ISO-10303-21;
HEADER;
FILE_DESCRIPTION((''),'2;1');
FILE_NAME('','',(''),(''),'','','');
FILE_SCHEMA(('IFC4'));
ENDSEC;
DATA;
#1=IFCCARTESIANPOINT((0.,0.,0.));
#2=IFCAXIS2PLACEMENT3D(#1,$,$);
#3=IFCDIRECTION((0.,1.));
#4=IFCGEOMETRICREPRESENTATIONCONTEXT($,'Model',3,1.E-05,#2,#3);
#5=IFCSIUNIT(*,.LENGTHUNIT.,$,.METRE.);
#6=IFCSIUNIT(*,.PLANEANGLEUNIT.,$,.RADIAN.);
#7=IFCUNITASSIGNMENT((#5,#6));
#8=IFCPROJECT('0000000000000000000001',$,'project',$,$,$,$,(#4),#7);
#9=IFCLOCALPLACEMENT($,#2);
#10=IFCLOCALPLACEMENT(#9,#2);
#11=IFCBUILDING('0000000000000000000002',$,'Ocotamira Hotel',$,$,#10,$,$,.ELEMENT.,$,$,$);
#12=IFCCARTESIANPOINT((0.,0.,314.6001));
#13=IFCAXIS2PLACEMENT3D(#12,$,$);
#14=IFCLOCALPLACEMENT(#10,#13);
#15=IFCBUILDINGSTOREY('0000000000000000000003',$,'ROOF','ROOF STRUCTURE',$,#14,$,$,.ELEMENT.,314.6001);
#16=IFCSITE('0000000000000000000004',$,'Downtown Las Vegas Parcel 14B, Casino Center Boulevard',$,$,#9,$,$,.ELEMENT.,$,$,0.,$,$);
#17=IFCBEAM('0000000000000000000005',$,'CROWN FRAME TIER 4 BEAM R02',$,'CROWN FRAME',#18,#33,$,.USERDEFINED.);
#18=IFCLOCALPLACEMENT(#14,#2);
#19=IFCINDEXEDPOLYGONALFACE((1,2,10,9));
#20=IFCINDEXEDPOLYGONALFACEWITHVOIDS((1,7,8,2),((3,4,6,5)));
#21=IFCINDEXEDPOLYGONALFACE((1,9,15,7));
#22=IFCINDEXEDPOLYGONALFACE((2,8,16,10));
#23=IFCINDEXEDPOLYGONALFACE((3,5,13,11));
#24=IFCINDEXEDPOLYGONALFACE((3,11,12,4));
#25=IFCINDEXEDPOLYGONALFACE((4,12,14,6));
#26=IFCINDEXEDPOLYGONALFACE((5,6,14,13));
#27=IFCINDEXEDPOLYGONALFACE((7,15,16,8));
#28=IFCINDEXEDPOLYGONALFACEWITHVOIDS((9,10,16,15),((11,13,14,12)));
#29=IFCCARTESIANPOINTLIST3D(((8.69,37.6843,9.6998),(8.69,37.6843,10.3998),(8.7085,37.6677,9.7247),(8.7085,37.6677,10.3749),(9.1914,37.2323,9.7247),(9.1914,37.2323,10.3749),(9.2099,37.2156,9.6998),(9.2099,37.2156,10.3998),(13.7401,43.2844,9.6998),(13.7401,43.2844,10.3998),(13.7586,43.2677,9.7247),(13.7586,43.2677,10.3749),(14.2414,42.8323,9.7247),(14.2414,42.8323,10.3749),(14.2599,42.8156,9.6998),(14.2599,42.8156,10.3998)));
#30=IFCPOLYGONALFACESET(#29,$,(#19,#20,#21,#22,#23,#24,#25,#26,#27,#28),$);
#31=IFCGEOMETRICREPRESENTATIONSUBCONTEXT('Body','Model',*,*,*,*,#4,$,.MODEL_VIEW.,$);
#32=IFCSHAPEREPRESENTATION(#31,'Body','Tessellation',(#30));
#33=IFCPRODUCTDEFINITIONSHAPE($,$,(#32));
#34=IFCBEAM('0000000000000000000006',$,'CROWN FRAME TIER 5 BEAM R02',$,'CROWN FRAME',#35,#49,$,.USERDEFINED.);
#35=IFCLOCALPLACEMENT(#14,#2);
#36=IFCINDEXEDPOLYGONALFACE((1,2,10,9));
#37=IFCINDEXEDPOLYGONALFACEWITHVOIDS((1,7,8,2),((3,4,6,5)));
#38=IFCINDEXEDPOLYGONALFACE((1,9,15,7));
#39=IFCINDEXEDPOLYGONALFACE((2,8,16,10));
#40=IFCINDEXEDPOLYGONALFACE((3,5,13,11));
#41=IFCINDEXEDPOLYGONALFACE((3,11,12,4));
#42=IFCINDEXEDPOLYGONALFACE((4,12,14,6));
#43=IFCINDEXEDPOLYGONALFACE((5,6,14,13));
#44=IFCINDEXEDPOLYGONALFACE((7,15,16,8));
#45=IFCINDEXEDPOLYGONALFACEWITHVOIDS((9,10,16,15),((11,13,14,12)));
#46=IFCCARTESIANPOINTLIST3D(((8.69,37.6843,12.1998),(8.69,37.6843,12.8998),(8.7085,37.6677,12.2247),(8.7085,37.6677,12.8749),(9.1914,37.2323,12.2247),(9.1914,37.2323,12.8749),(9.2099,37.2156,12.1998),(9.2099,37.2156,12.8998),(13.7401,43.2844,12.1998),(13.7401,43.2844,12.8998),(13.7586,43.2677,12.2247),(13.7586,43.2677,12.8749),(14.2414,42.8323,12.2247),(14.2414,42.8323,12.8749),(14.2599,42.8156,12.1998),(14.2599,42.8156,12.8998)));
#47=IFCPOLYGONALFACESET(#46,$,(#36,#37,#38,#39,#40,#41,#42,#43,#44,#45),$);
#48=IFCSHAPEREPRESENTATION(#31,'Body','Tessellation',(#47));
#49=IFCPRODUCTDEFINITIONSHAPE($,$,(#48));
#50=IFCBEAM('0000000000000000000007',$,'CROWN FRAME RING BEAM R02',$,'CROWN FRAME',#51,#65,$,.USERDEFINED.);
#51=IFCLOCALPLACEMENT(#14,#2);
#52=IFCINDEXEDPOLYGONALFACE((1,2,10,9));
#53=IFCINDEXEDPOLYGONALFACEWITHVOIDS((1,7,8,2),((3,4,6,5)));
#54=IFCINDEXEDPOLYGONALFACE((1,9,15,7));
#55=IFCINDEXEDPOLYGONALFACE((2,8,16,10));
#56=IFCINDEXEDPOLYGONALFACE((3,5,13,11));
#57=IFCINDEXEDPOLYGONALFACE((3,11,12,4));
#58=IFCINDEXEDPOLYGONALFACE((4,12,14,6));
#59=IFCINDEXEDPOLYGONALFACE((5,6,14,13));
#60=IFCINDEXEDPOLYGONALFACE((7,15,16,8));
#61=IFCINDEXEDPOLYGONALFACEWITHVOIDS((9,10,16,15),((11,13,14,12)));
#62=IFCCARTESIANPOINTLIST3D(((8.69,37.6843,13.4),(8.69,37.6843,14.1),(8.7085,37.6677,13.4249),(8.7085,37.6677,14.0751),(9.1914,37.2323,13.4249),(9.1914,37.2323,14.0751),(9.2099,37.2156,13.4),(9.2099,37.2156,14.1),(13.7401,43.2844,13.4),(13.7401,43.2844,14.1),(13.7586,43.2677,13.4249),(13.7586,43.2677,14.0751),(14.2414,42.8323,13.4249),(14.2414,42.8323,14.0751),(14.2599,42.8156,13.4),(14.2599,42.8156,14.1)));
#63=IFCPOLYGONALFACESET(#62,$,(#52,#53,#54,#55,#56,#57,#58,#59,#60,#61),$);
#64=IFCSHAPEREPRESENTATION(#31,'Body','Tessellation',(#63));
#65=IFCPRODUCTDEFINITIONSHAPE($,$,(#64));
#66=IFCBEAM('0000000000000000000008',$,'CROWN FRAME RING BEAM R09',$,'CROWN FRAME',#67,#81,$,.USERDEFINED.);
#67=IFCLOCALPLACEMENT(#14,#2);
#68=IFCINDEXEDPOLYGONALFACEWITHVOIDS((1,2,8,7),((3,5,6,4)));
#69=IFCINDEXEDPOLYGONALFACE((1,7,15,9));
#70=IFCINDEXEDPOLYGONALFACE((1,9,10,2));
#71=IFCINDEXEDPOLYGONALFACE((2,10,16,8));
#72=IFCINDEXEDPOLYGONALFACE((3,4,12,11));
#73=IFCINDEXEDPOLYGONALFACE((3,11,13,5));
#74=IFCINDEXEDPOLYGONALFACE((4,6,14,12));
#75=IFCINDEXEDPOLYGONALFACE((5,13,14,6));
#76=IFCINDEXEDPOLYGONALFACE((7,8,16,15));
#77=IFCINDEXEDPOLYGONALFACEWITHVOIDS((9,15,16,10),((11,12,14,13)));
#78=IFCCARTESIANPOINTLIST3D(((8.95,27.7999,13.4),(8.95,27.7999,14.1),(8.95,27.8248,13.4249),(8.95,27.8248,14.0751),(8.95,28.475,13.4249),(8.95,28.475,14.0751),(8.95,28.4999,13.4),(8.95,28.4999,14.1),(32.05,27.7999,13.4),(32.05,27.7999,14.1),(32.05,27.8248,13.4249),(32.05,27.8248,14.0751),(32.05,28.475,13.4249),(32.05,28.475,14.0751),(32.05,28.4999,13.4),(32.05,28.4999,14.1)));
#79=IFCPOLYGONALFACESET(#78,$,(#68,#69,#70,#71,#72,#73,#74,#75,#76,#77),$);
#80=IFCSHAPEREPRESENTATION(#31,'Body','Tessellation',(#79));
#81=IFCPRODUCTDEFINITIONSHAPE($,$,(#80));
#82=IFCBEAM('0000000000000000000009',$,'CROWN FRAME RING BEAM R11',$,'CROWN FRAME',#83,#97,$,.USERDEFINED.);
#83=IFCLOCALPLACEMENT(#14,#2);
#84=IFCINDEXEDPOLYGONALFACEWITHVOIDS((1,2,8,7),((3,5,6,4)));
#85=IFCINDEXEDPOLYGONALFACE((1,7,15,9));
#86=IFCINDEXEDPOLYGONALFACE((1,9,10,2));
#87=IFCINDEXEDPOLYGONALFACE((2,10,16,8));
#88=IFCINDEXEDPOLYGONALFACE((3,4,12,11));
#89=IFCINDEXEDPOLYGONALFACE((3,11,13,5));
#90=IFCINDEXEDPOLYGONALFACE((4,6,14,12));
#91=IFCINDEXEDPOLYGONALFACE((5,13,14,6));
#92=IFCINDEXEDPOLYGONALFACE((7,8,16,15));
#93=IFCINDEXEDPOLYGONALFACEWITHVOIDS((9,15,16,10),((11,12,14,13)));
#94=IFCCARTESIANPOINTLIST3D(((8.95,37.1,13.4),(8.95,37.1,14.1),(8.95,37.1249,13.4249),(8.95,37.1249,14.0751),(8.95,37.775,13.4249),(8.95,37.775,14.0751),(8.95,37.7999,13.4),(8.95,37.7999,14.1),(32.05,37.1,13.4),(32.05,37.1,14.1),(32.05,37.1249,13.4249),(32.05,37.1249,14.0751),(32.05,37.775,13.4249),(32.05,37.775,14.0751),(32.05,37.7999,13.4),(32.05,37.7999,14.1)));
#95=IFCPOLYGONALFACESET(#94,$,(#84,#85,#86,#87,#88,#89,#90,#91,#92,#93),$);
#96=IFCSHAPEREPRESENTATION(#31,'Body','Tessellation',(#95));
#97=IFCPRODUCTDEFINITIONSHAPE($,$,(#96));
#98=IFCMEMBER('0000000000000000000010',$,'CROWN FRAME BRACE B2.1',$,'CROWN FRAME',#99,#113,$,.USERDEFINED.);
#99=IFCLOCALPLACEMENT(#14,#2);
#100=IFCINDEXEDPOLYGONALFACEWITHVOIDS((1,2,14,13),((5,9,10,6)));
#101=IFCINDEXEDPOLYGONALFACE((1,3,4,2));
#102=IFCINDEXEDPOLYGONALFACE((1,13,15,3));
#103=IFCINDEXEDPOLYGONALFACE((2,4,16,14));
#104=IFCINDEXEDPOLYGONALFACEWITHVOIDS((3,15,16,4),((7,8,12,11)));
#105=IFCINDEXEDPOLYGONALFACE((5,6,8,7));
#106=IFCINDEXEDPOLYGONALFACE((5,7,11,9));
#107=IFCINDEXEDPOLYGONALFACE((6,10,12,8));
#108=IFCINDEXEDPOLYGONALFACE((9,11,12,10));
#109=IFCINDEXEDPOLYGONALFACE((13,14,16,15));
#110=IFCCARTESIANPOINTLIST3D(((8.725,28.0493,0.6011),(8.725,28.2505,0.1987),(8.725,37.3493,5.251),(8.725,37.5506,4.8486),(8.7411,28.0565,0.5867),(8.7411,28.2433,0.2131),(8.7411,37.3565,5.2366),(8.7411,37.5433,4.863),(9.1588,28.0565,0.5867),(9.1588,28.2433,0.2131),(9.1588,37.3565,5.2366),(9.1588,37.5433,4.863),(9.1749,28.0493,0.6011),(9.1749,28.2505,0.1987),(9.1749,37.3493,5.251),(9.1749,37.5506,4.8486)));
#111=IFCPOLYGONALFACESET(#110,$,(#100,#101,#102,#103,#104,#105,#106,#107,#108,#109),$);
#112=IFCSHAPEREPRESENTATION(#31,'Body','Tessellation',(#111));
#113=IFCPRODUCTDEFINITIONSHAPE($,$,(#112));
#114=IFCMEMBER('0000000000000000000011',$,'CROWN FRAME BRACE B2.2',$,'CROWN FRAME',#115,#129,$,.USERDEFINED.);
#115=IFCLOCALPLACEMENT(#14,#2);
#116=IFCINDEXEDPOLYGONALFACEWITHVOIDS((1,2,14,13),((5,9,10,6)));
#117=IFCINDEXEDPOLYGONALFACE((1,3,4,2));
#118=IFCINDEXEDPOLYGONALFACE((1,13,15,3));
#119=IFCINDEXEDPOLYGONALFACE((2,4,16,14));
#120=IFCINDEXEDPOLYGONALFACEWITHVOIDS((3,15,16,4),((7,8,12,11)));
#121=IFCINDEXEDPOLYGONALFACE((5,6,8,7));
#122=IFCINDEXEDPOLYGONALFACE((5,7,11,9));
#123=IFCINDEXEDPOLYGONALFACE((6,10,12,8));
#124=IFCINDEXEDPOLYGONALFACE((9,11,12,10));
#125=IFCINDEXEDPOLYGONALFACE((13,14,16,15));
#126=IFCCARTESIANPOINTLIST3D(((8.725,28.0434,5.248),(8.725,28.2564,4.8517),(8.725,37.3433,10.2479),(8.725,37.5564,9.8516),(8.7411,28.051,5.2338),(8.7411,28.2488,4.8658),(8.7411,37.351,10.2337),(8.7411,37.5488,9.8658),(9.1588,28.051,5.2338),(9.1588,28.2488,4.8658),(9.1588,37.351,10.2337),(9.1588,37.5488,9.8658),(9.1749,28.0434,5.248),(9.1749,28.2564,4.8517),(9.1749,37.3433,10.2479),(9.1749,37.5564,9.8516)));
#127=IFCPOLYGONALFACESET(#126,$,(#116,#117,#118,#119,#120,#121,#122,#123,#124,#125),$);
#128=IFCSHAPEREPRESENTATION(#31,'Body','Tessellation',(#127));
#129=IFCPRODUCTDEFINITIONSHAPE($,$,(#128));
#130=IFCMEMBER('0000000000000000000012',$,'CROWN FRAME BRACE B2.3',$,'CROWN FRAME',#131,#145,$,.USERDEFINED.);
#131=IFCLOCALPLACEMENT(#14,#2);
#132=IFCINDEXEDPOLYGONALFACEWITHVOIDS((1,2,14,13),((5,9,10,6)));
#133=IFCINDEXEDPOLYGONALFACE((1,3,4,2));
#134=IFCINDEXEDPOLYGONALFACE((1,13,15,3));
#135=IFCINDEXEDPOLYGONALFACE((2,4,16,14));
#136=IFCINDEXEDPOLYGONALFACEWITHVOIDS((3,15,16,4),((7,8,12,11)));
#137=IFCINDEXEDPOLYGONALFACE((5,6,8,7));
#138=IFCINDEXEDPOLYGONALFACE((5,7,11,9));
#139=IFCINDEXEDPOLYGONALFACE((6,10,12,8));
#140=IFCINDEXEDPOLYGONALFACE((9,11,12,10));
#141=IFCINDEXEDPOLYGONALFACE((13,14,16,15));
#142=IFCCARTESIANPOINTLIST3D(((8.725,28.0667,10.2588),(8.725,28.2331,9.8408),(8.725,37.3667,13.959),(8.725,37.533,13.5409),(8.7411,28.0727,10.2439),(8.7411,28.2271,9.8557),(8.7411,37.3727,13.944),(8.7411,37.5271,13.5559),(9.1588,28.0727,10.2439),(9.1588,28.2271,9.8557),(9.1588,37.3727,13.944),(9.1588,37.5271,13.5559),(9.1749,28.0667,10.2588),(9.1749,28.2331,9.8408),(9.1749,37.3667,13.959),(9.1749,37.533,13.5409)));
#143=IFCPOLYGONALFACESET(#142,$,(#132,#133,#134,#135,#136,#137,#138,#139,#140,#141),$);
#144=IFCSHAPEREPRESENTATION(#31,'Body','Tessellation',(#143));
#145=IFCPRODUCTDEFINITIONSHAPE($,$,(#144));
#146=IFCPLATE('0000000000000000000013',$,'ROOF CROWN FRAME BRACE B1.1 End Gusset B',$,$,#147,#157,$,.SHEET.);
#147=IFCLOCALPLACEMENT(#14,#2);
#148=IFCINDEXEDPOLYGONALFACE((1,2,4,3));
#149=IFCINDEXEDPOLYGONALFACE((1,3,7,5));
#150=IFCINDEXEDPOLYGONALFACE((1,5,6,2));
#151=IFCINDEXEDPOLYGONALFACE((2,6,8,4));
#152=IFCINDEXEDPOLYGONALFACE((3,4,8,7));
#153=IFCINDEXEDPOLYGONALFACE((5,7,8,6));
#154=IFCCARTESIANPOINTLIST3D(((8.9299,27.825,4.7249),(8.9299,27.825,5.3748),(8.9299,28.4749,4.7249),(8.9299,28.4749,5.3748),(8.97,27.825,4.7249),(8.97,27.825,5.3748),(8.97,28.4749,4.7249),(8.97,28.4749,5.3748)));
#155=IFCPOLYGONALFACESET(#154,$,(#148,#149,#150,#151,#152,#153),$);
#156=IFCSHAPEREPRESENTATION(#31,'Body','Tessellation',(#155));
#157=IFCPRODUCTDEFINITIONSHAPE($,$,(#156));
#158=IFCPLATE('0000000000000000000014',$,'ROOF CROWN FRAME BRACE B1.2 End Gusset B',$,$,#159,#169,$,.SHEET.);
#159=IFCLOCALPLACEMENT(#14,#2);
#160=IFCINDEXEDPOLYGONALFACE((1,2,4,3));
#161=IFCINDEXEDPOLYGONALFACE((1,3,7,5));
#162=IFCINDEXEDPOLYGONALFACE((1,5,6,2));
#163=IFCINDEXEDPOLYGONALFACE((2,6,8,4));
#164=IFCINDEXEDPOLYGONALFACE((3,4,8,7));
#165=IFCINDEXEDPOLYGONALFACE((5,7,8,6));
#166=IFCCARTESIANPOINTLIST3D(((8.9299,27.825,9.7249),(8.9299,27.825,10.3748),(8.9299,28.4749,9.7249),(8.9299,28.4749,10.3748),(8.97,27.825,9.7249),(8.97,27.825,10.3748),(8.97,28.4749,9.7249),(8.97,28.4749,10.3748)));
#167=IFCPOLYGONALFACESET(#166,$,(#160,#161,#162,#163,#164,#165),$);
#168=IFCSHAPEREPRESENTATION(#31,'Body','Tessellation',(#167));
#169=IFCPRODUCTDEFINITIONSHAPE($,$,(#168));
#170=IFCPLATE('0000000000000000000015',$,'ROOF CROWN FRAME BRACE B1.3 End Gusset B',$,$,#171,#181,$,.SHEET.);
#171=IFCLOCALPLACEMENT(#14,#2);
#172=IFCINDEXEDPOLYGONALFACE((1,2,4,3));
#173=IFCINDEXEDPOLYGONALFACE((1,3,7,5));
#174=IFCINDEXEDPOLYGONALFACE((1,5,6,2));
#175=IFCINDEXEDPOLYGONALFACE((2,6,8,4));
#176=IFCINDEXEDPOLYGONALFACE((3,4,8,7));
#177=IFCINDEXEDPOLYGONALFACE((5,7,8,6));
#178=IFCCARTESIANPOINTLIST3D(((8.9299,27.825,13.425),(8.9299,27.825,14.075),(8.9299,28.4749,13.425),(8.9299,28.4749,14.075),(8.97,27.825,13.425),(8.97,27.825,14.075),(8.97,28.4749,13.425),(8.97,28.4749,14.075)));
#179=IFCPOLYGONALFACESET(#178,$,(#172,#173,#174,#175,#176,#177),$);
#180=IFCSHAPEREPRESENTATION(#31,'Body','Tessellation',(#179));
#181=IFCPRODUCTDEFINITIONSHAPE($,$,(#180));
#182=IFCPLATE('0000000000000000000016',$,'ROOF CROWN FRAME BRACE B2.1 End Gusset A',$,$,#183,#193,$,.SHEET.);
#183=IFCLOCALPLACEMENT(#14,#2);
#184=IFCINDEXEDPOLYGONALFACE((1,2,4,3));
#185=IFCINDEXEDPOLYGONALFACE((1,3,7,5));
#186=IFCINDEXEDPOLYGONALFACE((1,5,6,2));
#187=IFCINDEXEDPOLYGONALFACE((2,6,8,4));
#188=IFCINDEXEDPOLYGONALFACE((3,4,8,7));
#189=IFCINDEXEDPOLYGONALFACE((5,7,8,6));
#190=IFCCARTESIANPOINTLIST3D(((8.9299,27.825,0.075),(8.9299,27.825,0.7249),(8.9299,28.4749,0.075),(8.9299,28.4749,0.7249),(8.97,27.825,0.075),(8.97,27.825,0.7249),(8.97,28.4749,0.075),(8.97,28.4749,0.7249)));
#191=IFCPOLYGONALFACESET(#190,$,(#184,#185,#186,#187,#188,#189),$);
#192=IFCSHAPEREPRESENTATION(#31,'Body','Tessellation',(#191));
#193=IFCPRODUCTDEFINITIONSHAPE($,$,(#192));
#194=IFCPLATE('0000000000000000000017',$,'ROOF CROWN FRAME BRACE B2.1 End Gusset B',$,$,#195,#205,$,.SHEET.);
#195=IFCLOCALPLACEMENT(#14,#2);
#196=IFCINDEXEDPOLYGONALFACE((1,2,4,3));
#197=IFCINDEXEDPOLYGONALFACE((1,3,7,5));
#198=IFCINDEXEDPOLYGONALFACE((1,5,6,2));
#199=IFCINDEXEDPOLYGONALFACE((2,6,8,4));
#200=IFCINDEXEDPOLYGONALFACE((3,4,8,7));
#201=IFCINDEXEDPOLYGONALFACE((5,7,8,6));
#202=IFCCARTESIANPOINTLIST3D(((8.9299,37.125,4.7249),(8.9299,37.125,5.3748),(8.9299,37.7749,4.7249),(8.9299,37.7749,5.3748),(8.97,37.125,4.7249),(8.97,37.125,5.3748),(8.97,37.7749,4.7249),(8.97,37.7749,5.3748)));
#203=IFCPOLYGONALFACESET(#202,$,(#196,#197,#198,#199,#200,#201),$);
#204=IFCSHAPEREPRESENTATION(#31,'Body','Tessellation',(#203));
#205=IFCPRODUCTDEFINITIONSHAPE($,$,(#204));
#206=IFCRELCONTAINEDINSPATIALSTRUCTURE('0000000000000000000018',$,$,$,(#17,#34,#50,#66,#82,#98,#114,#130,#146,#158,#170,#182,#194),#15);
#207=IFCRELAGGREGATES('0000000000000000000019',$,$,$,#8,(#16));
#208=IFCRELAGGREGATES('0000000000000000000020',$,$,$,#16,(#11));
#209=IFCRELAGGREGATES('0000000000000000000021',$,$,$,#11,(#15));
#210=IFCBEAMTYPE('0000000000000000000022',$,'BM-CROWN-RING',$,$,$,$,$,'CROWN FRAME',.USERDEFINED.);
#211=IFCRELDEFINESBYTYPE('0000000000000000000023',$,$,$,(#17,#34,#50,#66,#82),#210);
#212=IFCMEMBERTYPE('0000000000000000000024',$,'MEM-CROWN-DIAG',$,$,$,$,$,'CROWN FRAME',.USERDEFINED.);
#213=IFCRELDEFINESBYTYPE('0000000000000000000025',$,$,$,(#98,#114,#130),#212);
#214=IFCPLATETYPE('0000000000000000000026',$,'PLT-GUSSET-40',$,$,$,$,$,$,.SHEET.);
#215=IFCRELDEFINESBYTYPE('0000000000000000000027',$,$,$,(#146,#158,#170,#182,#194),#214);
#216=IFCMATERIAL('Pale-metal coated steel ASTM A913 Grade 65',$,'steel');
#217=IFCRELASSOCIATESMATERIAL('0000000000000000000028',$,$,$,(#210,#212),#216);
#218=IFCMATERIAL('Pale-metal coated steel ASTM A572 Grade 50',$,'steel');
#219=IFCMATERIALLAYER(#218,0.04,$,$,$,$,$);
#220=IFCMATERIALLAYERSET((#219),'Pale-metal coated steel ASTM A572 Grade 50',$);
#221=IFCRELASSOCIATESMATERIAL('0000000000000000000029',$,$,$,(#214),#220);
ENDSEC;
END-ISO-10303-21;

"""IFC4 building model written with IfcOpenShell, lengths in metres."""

from ifc_helpers import new_model, si_unit, direction, frame, origin, origin_2d, place, context, subcontext, project, spatial, rectangle, hollow_rectangle, extrude, source, transform, mapped, material, layer, layer_set, material_profile, profile_set, type_object, element, save


model = new_model("IFC4")

# Units and contexts
model_context = context("Model", 3, precision=1e-05, world=origin(), true_north=direction((0.0, 1.0)))
body_context = subcontext(model_context, "Body", "Model", "MODEL_VIEW")
ifc_project = project(units=[si_unit("LENGTHUNIT", "METRE"), si_unit("PLANEANGLEUNIT", "RADIAN")], contexts=[model_context])

# Site, building, storey
site_placement = place(None, origin())
site = spatial("IfcSite", under=ifc_project, at=site_placement, Name="Downtown Las Vegas Parcel 14B, Casino Center Boulevard", CompositionType="ELEMENT", RefElevation=0.0)
building_placement = place(site_placement, origin())
building = spatial("IfcBuilding", under=site, at=building_placement, Name="Ocotamira Hotel", CompositionType="ELEMENT")
storey_placement = place(building_placement, frame((0.0, 0.0, 314.6001)))
storey = spatial("IfcBuildingStorey", under=building, at=storey_placement, Name="ROOF", Description="ROOF STRUCTURE", CompositionType="ELEMENT", Elevation=314.6001)

# Shared definitions
ifc_material_1 = material(Name="Pale-metal coated steel ASTM A913 Grade 65", Category="steel")

# Beams
ifc_material_profile_1 = material_profile(ifc_material_1, hollow_rectangle(XDim=0.7, YDim=0.7, WallThickness=0.0249, at=origin_2d()), Name="BOX700X700X25")
ifc_profile_set_1 = profile_set([ifc_material_profile_1], Name="Pale-metal coated steel ASTM A913 Grade 65")
beam_type = type_object("IfcBeamType", Name="BM-CROWN-RING", ElementType="CROWN FRAME", PredefinedType="USERDEFINED", material=ifc_profile_set_1)
shared_shape_1 = source(origin(), body_context, "Body", "SweptSolid", [
    extrude(hollow_rectangle(XDim=0.7, YDim=0.7, WallThickness=0.0249, at=origin_2d()), origin(), (0.0, 0.0, 1.0), 7.5408),
])
for number, where, z_axis, x_axis, name in (
    (1, (8.95, 37.45, 10.0498), (0.669694, 0.742637, 0.0), (-0.742637, 0.669694, 0.0), "CROWN FRAME TIER 4 BEAM R02"),
    (2, (8.95, 37.45, 12.5498), (0.669694, 0.742637, 0.0), (-0.742637, 0.669694, 0.0), "CROWN FRAME TIER 5 BEAM R02"),
    (3, (8.95, 37.45, 13.75), (0.669694, 0.742637, 0.0), (-0.742637, 0.669694, 0.0), "CROWN FRAME RING BEAM R02"),
):
    element("IfcBeam", number, at=place(storey_placement, frame(where, z_axis=z_axis, x_axis=x_axis)), inside=storey, type_object=beam_type, Name=name, ObjectType="CROWN FRAME", PredefinedType="USERDEFINED", context=body_context, shape_type="MappedRepresentation", body=[
        mapped(shared_shape_1, transform((0.0, 0.0, 0.0), scale=1.0)),
    ])
shared_shape_2 = source(origin(), body_context, "Body", "SweptSolid", [
    extrude(hollow_rectangle(XDim=0.7, YDim=0.7, WallThickness=0.0249, at=origin_2d()), origin(), (0.0, 0.0, 1.0), 23.1001),
])
for number, where, z_axis, x_axis, name in (
    (4, (8.95, 28.1499, 13.75), (1.0, 0.0, 0.0), (0.0, 1.0, 0.0), "CROWN FRAME RING BEAM R09"),
    (5, (8.95, 37.45, 13.75), (1.0, 0.0, 0.0), (0.0, 1.0, 0.0), "CROWN FRAME RING BEAM R11"),
):
    element("IfcBeam", number, at=place(storey_placement, frame(where, z_axis=z_axis, x_axis=x_axis)), inside=storey, type_object=beam_type, Name=name, ObjectType="CROWN FRAME", PredefinedType="USERDEFINED", context=body_context, shape_type="MappedRepresentation", body=[
        mapped(shared_shape_2, transform((0.0, 0.0, 0.0), scale=1.0)),
    ])

# Members
ifc_material_profile_2 = material_profile(ifc_material_1, hollow_rectangle(XDim=0.45, YDim=0.45, WallThickness=0.0161, at=origin_2d()), Name="HSS450X450X16")
ifc_profile_set_2 = profile_set([ifc_material_profile_2], Name="Pale-metal coated steel ASTM A913 Grade 65")
member_type = type_object("IfcMemberType", Name="MEM-CROWN-DIAG", ElementType="CROWN FRAME", PredefinedType="USERDEFINED", material=ifc_profile_set_2)
shared_shape_3 = source(origin(), body_context, "Body", "SweptSolid", [
    extrude(hollow_rectangle(XDim=0.45, YDim=0.45, WallThickness=0.0161, at=origin_2d()), origin(), (0.0, 0.0, 1.0), 10.3977),
])
member_1_placement = place(storey_placement, frame((8.95, 28.1499, 0.3999), z_axis=(0.0, 0.894432, 0.447204), x_axis=(-1.0, 0.0, 0.0)))
element("IfcMember", 6, at=member_1_placement, inside=storey, type_object=member_type, Name="CROWN FRAME BRACE B2.1", ObjectType="CROWN FRAME", PredefinedType="USERDEFINED", context=body_context, shape_type="MappedRepresentation", body=[
    mapped(shared_shape_3, transform((0.0, 0.0, 0.0), scale=1.0)),
])
shared_shape_4 = source(origin(), body_context, "Body", "SweptSolid", [
    extrude(hollow_rectangle(XDim=0.45, YDim=0.45, WallThickness=0.0161, at=origin_2d()), origin(), (0.0, 0.0, 1.0), 10.5588),
])
member_2_placement = place(storey_placement, frame((8.95, 28.1499, 5.0498), z_axis=(0.0, 0.880776, 0.473533), x_axis=(-1.0, 0.0, 0.0)))
element("IfcMember", 7, at=member_2_placement, inside=storey, type_object=member_type, Name="CROWN FRAME BRACE B2.2", ObjectType="CROWN FRAME", PredefinedType="USERDEFINED", context=body_context, shape_type="MappedRepresentation", body=[
    mapped(shared_shape_4, transform((0.0, 0.0, 0.0), scale=1.0)),
])
shared_shape_5 = source(origin(), body_context, "Body", "SweptSolid", [
    extrude(hollow_rectangle(XDim=0.45, YDim=0.45, WallThickness=0.0161, at=origin_2d()), origin(), (0.0, 0.0, 1.0), 10.009),
])
member_3_placement = place(storey_placement, frame((8.95, 28.1499, 10.0498), z_axis=(0.0, 0.929158, 0.369683), x_axis=(-1.0, 0.0, 0.0)))
element("IfcMember", 8, at=member_3_placement, inside=storey, type_object=member_type, Name="CROWN FRAME BRACE B2.3", ObjectType="CROWN FRAME", PredefinedType="USERDEFINED", context=body_context, shape_type="MappedRepresentation", body=[
    mapped(shared_shape_5, transform((0.0, 0.0, 0.0), scale=1.0)),
])

# Plates
ifc_material_2 = material(Name="Pale-metal coated steel ASTM A572 Grade 50", Category="steel")
ifc_layer = layer(ifc_material_2, 0.04)
ifc_layer_set = layer_set([ifc_layer], Name="Pale-metal coated steel ASTM A572 Grade 50")
plate_type = type_object("IfcPlateType", Name="PLT-GUSSET-40", PredefinedType="SHEET", material=ifc_layer_set)
shared_shape_6 = source(origin(), body_context, "Body", "SweptSolid", [
    extrude(rectangle(XDim=0.04, YDim=0.6499, at=origin_2d()), origin(), (0.0, 0.0, 1.0), 0.6499),
])
for number, where, z_axis, x_axis, name in (
    (9, (8.95, 28.1499, 4.7249), (0.0, 0.0, 1.0), (1.0, 0.0, 0.0), "ROOF CROWN FRAME BRACE B1.1 End Gusset B"),
    (10, (8.95, 28.1499, 9.7249), (0.0, 0.0, 1.0), (1.0, 0.0, 0.0), "ROOF CROWN FRAME BRACE B1.2 End Gusset B"),
    (11, (8.95, 28.1499, 13.425), (0.0, 0.0, 1.0), (1.0, 0.0, 0.0), "ROOF CROWN FRAME BRACE B1.3 End Gusset B"),
    (12, (8.95, 28.1499, 0.075), (0.0, 0.0, 1.0), (1.0, 0.0, 0.0), "ROOF CROWN FRAME BRACE B2.1 End Gusset A"),
    (13, (8.95, 37.45, 4.7249), (0.0, 0.0, 1.0), (1.0, 0.0, 0.0), "ROOF CROWN FRAME BRACE B2.1 End Gusset B"),
):
    element("IfcPlate", number, at=place(storey_placement, frame(where, z_axis=z_axis, x_axis=x_axis)), inside=storey, type_object=plate_type, Name=name, PredefinedType="SHEET", context=body_context, shape_type="MappedRepresentation", body=[
        mapped(shared_shape_6, transform((0.0, 0.0, 0.0), scale=1.0)),
    ])

save(model, "model.ifc")
